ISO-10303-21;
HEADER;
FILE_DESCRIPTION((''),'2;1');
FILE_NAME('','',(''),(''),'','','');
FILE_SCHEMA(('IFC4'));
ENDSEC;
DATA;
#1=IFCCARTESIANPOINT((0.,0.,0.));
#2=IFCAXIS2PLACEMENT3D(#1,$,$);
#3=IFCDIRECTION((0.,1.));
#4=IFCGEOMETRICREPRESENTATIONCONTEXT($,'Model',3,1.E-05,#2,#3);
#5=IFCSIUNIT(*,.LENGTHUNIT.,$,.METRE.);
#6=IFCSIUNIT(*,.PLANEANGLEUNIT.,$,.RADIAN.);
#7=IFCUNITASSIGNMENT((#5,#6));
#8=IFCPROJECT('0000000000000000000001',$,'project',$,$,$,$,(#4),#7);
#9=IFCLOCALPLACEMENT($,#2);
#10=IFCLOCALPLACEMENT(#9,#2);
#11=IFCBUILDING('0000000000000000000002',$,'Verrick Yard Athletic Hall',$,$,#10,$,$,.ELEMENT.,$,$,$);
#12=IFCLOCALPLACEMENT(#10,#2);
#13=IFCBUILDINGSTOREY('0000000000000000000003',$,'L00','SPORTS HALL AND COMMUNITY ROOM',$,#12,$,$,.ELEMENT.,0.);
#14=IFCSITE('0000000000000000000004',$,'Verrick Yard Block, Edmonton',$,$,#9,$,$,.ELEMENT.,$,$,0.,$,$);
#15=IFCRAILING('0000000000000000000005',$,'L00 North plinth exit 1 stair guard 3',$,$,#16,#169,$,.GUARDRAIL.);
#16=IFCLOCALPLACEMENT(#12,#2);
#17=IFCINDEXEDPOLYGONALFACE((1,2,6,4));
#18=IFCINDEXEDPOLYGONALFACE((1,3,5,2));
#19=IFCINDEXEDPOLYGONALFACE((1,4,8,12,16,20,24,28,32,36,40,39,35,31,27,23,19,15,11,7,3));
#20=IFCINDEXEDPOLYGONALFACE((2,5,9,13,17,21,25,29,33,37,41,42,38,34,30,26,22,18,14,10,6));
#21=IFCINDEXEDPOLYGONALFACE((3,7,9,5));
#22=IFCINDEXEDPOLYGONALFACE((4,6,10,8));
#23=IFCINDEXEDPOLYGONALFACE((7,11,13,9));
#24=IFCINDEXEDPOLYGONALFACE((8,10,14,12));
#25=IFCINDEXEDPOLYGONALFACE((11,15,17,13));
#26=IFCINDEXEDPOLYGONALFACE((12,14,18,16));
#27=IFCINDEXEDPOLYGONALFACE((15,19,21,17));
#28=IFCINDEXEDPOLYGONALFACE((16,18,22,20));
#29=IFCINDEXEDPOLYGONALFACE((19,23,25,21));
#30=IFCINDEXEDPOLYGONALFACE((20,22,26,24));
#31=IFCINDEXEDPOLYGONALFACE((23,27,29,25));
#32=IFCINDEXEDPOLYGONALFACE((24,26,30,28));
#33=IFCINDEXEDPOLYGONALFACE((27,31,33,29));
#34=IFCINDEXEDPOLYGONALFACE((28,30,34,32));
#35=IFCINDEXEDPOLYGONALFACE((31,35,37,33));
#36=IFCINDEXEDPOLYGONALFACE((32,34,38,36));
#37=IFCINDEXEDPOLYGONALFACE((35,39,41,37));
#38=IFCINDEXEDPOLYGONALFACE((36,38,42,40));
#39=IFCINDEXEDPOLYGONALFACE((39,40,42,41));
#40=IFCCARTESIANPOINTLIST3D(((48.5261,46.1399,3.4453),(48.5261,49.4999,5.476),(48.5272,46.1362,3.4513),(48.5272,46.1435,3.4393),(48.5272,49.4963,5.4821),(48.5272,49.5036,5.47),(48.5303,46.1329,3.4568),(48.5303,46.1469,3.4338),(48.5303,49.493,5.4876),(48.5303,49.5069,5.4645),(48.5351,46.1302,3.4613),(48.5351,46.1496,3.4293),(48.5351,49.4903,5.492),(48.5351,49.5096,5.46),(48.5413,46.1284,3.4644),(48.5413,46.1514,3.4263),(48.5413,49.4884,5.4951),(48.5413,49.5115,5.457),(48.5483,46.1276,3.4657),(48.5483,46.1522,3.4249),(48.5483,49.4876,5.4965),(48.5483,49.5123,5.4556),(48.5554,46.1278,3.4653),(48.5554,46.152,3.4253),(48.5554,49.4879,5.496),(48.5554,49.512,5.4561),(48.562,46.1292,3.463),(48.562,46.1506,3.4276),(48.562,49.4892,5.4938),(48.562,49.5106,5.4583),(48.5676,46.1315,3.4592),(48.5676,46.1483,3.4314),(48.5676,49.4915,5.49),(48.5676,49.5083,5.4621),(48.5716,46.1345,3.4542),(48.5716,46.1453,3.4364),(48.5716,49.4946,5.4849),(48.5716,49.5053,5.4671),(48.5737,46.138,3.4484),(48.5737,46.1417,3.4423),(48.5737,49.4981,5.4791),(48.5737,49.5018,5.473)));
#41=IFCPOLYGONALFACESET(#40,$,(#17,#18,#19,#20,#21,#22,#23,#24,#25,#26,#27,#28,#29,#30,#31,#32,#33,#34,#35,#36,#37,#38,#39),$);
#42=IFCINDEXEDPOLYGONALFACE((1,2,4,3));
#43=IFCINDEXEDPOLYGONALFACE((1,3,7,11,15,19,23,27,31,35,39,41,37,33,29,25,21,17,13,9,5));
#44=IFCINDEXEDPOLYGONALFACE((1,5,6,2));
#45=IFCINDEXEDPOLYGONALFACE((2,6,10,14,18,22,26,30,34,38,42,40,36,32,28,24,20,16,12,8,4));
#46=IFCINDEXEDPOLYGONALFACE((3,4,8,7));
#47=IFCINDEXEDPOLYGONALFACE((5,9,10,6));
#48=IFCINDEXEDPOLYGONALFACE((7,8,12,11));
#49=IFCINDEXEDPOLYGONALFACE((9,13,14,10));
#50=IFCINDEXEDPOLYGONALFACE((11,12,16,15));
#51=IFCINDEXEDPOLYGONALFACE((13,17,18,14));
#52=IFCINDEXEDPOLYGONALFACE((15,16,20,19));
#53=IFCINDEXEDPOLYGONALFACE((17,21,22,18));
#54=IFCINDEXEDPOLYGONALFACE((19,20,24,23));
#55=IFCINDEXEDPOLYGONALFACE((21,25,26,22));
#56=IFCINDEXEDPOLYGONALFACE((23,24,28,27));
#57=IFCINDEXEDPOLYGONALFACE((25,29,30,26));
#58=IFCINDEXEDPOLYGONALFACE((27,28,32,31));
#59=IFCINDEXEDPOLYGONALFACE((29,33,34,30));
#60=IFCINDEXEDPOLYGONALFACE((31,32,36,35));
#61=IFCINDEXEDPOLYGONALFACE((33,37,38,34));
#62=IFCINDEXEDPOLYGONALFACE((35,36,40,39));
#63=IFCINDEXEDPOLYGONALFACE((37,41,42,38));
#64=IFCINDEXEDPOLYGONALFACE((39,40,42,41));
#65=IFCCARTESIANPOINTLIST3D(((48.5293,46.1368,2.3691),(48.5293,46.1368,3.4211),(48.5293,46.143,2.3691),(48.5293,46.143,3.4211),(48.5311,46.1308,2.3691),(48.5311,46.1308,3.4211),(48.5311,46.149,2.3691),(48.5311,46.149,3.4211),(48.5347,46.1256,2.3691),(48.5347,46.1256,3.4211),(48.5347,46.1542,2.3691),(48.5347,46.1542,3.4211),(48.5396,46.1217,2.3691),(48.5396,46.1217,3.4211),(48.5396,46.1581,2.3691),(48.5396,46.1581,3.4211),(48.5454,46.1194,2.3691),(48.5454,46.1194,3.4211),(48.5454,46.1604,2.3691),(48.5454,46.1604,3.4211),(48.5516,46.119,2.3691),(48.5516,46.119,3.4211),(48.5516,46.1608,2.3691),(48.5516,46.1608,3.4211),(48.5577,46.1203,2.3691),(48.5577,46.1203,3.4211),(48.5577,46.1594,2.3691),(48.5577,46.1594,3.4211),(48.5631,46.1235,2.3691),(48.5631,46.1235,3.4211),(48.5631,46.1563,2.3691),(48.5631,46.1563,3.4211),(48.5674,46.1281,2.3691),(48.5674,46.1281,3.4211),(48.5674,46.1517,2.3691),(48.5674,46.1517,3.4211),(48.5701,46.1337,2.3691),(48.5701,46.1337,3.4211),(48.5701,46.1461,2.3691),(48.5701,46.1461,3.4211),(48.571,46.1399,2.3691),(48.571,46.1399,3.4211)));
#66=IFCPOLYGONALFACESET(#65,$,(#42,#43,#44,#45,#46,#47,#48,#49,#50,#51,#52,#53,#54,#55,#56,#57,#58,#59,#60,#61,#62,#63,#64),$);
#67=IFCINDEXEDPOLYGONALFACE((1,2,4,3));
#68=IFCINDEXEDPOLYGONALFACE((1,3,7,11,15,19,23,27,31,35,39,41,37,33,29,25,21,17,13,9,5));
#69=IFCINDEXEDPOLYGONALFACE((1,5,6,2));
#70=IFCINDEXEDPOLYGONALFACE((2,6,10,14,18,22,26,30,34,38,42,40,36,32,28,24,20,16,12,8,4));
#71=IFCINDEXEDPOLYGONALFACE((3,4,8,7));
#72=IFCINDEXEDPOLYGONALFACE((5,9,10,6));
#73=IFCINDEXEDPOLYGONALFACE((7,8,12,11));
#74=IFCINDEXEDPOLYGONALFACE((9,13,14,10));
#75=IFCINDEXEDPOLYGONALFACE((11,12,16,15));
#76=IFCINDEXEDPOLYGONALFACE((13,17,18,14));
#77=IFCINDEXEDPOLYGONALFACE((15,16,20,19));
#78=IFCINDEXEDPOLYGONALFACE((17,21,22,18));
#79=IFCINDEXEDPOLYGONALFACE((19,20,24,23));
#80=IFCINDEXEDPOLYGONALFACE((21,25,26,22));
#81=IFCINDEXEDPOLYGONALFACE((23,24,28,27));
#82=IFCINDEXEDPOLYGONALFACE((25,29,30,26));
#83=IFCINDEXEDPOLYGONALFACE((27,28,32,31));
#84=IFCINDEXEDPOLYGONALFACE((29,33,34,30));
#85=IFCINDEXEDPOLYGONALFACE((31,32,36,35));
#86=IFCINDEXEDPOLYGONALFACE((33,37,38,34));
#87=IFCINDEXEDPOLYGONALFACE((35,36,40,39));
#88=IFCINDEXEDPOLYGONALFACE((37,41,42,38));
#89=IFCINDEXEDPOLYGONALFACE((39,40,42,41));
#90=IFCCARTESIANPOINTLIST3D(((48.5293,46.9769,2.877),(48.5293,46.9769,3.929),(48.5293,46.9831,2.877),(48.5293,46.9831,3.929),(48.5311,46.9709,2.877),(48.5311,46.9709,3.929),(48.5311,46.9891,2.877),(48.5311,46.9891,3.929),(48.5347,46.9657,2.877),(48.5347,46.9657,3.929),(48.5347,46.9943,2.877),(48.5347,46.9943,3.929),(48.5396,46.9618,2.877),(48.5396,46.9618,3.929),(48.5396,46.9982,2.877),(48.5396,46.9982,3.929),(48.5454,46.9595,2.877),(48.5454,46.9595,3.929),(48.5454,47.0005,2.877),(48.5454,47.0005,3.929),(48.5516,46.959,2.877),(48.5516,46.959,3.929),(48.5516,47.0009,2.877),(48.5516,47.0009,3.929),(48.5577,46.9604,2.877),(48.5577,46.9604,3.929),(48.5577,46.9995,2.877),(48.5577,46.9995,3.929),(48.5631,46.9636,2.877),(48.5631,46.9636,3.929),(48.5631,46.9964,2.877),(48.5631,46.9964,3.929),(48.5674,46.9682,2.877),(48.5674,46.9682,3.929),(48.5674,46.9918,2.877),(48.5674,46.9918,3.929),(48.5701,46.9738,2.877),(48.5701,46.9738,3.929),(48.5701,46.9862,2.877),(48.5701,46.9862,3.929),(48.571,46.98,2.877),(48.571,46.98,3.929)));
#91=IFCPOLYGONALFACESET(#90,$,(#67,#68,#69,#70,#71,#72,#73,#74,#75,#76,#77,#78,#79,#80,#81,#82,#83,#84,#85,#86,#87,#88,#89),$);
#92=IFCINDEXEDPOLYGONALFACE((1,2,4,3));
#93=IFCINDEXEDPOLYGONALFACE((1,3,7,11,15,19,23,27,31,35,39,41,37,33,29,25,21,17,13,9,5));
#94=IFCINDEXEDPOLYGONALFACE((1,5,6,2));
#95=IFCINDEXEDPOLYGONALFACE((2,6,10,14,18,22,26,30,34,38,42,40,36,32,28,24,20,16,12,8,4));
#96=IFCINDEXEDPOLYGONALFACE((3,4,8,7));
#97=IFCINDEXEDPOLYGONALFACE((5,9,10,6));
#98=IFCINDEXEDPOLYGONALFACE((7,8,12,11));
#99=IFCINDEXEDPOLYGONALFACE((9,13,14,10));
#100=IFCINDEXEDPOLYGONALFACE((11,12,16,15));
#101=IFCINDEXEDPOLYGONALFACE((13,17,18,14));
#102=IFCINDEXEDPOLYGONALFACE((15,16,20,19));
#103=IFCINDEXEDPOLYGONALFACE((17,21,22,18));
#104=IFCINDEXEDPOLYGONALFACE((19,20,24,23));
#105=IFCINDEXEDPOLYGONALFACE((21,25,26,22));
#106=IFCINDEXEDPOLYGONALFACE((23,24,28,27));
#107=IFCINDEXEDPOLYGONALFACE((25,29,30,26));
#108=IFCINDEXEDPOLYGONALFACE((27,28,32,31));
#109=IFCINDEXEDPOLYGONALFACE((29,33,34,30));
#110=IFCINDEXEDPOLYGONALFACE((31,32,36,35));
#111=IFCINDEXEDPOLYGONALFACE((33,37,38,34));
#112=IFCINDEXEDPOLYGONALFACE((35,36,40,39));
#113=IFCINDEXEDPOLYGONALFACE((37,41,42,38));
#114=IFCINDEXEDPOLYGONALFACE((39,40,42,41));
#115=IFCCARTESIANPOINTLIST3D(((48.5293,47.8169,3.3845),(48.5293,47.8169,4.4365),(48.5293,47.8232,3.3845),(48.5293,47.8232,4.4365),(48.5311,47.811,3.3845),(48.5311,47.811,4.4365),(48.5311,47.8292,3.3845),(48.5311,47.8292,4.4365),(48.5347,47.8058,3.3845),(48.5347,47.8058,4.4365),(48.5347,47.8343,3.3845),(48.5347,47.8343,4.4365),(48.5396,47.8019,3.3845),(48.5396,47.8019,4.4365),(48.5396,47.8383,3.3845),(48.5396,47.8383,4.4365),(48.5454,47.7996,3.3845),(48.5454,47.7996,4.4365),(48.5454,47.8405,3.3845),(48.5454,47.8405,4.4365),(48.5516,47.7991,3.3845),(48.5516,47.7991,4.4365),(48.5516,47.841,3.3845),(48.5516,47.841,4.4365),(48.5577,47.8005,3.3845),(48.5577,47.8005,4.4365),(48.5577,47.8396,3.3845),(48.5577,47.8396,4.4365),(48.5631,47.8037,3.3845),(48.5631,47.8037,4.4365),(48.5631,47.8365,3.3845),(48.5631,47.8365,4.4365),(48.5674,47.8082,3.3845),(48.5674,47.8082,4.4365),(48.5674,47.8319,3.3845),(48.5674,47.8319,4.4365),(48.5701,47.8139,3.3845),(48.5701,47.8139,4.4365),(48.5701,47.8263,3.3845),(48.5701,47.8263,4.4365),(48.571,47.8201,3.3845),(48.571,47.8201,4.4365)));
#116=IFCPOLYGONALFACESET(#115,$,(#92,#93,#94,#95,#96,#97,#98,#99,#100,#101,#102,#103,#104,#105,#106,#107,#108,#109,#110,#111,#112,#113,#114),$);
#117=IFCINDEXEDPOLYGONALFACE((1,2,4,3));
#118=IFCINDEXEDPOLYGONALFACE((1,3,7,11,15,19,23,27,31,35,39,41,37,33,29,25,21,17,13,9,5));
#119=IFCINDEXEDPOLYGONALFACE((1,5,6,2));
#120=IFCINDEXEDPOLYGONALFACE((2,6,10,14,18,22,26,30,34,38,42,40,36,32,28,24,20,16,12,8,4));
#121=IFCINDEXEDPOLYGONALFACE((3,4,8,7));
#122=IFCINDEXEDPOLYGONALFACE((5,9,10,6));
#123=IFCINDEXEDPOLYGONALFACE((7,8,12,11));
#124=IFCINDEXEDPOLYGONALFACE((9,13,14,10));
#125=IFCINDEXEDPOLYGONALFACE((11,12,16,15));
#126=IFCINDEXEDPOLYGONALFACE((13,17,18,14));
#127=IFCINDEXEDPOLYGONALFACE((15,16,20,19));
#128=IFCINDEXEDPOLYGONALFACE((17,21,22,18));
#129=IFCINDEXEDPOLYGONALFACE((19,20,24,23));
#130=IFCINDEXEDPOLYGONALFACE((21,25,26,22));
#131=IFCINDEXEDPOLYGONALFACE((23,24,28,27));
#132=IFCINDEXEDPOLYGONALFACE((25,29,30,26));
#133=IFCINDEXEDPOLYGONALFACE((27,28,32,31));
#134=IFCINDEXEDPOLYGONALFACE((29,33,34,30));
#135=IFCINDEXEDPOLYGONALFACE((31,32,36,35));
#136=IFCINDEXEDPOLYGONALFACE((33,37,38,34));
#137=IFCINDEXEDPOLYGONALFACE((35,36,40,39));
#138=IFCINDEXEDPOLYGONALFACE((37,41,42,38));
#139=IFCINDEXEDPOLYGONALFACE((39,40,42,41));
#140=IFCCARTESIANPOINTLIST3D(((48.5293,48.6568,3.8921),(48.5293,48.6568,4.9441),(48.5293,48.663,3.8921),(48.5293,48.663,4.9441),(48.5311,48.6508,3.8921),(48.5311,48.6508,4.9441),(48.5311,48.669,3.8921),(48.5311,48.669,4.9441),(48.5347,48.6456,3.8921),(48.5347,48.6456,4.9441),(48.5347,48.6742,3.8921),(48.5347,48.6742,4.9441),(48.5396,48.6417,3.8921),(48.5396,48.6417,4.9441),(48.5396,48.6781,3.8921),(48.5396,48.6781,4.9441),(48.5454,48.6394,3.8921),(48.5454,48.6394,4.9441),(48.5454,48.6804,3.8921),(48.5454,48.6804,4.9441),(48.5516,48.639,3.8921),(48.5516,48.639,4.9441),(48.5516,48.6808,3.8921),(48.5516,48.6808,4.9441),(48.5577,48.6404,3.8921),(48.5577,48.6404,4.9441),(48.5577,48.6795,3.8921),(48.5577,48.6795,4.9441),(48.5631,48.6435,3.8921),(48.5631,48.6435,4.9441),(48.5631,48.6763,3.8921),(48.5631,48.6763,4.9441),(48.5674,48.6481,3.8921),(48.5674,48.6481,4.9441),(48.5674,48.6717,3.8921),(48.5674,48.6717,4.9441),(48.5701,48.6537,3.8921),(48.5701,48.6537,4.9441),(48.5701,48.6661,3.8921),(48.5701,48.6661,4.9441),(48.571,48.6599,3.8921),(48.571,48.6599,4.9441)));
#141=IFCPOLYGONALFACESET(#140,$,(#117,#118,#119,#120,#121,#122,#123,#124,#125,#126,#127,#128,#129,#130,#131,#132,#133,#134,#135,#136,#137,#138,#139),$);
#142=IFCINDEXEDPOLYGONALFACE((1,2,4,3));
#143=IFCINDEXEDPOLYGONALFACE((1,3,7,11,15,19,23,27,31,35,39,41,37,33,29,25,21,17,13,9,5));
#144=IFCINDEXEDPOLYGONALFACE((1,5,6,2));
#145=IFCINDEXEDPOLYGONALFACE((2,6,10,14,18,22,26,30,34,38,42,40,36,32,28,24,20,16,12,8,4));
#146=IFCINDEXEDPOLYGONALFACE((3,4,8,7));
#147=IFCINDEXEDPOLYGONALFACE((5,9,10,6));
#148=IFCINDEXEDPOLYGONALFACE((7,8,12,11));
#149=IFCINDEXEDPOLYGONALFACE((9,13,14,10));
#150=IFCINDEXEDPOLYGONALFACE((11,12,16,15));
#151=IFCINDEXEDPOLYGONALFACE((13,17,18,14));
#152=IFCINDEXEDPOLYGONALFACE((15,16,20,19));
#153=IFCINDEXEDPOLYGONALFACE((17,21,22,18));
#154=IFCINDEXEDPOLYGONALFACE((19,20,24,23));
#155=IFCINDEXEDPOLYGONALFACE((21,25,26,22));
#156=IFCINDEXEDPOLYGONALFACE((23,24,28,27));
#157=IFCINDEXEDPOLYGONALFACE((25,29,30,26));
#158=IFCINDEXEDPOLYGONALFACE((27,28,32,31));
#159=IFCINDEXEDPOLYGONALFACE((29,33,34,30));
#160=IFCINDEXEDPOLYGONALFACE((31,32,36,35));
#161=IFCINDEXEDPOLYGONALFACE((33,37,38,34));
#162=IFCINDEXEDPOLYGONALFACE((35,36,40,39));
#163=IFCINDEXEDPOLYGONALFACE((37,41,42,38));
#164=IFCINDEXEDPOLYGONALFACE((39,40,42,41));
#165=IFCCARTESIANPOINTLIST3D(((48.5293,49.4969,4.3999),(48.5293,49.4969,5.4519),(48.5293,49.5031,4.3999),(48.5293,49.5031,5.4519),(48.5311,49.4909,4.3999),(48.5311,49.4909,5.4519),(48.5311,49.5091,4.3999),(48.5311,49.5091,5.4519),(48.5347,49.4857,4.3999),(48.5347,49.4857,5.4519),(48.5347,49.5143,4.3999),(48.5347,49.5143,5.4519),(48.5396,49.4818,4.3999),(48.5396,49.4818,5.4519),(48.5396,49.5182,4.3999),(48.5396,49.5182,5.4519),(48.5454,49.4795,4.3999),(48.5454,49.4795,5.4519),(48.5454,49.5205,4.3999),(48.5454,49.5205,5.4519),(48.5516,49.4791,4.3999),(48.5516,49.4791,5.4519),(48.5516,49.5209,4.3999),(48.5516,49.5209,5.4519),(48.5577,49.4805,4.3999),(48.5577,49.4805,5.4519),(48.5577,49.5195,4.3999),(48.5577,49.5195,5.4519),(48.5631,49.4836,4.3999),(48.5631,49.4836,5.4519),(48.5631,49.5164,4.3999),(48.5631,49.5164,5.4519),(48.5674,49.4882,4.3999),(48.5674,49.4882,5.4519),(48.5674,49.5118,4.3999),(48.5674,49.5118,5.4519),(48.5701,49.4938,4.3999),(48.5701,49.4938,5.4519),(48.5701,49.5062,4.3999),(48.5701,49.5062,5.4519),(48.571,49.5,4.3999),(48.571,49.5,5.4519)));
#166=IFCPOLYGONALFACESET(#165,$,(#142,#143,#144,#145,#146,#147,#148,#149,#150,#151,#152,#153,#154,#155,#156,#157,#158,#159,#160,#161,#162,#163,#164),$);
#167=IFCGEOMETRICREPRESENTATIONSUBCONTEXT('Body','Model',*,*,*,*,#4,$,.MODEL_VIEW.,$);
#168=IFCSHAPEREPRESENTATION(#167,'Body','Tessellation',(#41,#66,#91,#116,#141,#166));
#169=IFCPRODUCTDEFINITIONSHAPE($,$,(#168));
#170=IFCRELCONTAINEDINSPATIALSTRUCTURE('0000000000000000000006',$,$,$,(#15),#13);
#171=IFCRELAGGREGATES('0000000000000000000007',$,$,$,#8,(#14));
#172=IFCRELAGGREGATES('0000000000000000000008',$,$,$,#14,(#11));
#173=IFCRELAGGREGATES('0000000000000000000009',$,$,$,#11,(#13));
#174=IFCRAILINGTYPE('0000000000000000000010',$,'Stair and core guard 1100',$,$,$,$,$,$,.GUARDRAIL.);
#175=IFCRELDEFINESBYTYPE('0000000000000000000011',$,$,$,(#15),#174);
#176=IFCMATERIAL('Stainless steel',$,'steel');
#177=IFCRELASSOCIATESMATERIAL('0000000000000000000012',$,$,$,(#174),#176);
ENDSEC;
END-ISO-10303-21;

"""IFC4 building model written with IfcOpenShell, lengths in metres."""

from ifc_helpers import new_model, si_unit, direction, frame, origin, origin_2d, place, context, subcontext, project, spatial, circle, extrude, material, type_object, element, save


model = new_model("IFC4")

# Units and contexts
model_context = context("Model", 3, precision=1e-05, world=origin(), true_north=direction((0.0, 1.0)))
body_context = subcontext(model_context, "Body", "Model", "MODEL_VIEW")
ifc_project = project(units=[si_unit("LENGTHUNIT", "METRE"), si_unit("PLANEANGLEUNIT", "RADIAN")], contexts=[model_context])

# Site, building, storey
site_placement = place(None, origin())
site = spatial("IfcSite", under=ifc_project, at=site_placement, Name="Verrick Yard Block, Edmonton", CompositionType="ELEMENT", RefElevation=0.0)
building_placement = place(site_placement, origin())
building = spatial("IfcBuilding", under=site, at=building_placement, Name="Verrick Yard Athletic Hall", CompositionType="ELEMENT")
storey_placement = place(building_placement, origin())
storey = spatial("IfcBuildingStorey", under=building, at=storey_placement, Name="L00", Description="SPORTS HALL AND COMMUNITY ROOM", CompositionType="ELEMENT", Elevation=0.0)

# Railing
ifc_material_1 = material(Name="Stainless steel", Category="steel")
railing_type_1 = type_object("IfcRailingType", Name="Stair and core guard 1100", PredefinedType="GUARDRAIL", material=ifc_material_1)
railing_1_placement = place(storey_placement, frame((48.55, 46.1399, 2.3691)))
element("IfcRailing", 1, at=railing_1_placement, inside=storey, type_object=railing_type_1, Name="L00 North plinth exit 1 stair guard 3", PredefinedType="GUARDRAIL", context=body_context, shape_type="SweptSolid", body=[
    extrude(circle(Radius=0.0239, at=origin_2d()), frame((0.0, 0.0, 1.0762), z_axis=(0.0, 0.855837, 0.517246), x_axis=(-1.0, 0.0, 0.0)), (0.0, 0.0, 1.0), 3.926),
    extrude(circle(Radius=0.021, at=origin_2d()), origin(), (0.0, 0.0, 1.0), 1.052),
    extrude(circle(Radius=0.021, at=origin_2d()), frame((0.0, 0.8401, 0.5078)), (0.0, 0.0, 1.0), 1.052),
    extrude(circle(Radius=0.021, at=origin_2d()), frame((0.0, 1.6802, 1.0154)), (0.0, 0.0, 1.0), 1.052),
    extrude(circle(Radius=0.021, at=origin_2d()), frame((0.0, 2.52, 1.5229)), (0.0, 0.0, 1.0), 1.052),
    extrude(circle(Radius=0.021, at=origin_2d()), frame((0.0, 3.3601, 2.0308)), (0.0, 0.0, 1.0), 1.052),
])

save(model, "model.ifc")
